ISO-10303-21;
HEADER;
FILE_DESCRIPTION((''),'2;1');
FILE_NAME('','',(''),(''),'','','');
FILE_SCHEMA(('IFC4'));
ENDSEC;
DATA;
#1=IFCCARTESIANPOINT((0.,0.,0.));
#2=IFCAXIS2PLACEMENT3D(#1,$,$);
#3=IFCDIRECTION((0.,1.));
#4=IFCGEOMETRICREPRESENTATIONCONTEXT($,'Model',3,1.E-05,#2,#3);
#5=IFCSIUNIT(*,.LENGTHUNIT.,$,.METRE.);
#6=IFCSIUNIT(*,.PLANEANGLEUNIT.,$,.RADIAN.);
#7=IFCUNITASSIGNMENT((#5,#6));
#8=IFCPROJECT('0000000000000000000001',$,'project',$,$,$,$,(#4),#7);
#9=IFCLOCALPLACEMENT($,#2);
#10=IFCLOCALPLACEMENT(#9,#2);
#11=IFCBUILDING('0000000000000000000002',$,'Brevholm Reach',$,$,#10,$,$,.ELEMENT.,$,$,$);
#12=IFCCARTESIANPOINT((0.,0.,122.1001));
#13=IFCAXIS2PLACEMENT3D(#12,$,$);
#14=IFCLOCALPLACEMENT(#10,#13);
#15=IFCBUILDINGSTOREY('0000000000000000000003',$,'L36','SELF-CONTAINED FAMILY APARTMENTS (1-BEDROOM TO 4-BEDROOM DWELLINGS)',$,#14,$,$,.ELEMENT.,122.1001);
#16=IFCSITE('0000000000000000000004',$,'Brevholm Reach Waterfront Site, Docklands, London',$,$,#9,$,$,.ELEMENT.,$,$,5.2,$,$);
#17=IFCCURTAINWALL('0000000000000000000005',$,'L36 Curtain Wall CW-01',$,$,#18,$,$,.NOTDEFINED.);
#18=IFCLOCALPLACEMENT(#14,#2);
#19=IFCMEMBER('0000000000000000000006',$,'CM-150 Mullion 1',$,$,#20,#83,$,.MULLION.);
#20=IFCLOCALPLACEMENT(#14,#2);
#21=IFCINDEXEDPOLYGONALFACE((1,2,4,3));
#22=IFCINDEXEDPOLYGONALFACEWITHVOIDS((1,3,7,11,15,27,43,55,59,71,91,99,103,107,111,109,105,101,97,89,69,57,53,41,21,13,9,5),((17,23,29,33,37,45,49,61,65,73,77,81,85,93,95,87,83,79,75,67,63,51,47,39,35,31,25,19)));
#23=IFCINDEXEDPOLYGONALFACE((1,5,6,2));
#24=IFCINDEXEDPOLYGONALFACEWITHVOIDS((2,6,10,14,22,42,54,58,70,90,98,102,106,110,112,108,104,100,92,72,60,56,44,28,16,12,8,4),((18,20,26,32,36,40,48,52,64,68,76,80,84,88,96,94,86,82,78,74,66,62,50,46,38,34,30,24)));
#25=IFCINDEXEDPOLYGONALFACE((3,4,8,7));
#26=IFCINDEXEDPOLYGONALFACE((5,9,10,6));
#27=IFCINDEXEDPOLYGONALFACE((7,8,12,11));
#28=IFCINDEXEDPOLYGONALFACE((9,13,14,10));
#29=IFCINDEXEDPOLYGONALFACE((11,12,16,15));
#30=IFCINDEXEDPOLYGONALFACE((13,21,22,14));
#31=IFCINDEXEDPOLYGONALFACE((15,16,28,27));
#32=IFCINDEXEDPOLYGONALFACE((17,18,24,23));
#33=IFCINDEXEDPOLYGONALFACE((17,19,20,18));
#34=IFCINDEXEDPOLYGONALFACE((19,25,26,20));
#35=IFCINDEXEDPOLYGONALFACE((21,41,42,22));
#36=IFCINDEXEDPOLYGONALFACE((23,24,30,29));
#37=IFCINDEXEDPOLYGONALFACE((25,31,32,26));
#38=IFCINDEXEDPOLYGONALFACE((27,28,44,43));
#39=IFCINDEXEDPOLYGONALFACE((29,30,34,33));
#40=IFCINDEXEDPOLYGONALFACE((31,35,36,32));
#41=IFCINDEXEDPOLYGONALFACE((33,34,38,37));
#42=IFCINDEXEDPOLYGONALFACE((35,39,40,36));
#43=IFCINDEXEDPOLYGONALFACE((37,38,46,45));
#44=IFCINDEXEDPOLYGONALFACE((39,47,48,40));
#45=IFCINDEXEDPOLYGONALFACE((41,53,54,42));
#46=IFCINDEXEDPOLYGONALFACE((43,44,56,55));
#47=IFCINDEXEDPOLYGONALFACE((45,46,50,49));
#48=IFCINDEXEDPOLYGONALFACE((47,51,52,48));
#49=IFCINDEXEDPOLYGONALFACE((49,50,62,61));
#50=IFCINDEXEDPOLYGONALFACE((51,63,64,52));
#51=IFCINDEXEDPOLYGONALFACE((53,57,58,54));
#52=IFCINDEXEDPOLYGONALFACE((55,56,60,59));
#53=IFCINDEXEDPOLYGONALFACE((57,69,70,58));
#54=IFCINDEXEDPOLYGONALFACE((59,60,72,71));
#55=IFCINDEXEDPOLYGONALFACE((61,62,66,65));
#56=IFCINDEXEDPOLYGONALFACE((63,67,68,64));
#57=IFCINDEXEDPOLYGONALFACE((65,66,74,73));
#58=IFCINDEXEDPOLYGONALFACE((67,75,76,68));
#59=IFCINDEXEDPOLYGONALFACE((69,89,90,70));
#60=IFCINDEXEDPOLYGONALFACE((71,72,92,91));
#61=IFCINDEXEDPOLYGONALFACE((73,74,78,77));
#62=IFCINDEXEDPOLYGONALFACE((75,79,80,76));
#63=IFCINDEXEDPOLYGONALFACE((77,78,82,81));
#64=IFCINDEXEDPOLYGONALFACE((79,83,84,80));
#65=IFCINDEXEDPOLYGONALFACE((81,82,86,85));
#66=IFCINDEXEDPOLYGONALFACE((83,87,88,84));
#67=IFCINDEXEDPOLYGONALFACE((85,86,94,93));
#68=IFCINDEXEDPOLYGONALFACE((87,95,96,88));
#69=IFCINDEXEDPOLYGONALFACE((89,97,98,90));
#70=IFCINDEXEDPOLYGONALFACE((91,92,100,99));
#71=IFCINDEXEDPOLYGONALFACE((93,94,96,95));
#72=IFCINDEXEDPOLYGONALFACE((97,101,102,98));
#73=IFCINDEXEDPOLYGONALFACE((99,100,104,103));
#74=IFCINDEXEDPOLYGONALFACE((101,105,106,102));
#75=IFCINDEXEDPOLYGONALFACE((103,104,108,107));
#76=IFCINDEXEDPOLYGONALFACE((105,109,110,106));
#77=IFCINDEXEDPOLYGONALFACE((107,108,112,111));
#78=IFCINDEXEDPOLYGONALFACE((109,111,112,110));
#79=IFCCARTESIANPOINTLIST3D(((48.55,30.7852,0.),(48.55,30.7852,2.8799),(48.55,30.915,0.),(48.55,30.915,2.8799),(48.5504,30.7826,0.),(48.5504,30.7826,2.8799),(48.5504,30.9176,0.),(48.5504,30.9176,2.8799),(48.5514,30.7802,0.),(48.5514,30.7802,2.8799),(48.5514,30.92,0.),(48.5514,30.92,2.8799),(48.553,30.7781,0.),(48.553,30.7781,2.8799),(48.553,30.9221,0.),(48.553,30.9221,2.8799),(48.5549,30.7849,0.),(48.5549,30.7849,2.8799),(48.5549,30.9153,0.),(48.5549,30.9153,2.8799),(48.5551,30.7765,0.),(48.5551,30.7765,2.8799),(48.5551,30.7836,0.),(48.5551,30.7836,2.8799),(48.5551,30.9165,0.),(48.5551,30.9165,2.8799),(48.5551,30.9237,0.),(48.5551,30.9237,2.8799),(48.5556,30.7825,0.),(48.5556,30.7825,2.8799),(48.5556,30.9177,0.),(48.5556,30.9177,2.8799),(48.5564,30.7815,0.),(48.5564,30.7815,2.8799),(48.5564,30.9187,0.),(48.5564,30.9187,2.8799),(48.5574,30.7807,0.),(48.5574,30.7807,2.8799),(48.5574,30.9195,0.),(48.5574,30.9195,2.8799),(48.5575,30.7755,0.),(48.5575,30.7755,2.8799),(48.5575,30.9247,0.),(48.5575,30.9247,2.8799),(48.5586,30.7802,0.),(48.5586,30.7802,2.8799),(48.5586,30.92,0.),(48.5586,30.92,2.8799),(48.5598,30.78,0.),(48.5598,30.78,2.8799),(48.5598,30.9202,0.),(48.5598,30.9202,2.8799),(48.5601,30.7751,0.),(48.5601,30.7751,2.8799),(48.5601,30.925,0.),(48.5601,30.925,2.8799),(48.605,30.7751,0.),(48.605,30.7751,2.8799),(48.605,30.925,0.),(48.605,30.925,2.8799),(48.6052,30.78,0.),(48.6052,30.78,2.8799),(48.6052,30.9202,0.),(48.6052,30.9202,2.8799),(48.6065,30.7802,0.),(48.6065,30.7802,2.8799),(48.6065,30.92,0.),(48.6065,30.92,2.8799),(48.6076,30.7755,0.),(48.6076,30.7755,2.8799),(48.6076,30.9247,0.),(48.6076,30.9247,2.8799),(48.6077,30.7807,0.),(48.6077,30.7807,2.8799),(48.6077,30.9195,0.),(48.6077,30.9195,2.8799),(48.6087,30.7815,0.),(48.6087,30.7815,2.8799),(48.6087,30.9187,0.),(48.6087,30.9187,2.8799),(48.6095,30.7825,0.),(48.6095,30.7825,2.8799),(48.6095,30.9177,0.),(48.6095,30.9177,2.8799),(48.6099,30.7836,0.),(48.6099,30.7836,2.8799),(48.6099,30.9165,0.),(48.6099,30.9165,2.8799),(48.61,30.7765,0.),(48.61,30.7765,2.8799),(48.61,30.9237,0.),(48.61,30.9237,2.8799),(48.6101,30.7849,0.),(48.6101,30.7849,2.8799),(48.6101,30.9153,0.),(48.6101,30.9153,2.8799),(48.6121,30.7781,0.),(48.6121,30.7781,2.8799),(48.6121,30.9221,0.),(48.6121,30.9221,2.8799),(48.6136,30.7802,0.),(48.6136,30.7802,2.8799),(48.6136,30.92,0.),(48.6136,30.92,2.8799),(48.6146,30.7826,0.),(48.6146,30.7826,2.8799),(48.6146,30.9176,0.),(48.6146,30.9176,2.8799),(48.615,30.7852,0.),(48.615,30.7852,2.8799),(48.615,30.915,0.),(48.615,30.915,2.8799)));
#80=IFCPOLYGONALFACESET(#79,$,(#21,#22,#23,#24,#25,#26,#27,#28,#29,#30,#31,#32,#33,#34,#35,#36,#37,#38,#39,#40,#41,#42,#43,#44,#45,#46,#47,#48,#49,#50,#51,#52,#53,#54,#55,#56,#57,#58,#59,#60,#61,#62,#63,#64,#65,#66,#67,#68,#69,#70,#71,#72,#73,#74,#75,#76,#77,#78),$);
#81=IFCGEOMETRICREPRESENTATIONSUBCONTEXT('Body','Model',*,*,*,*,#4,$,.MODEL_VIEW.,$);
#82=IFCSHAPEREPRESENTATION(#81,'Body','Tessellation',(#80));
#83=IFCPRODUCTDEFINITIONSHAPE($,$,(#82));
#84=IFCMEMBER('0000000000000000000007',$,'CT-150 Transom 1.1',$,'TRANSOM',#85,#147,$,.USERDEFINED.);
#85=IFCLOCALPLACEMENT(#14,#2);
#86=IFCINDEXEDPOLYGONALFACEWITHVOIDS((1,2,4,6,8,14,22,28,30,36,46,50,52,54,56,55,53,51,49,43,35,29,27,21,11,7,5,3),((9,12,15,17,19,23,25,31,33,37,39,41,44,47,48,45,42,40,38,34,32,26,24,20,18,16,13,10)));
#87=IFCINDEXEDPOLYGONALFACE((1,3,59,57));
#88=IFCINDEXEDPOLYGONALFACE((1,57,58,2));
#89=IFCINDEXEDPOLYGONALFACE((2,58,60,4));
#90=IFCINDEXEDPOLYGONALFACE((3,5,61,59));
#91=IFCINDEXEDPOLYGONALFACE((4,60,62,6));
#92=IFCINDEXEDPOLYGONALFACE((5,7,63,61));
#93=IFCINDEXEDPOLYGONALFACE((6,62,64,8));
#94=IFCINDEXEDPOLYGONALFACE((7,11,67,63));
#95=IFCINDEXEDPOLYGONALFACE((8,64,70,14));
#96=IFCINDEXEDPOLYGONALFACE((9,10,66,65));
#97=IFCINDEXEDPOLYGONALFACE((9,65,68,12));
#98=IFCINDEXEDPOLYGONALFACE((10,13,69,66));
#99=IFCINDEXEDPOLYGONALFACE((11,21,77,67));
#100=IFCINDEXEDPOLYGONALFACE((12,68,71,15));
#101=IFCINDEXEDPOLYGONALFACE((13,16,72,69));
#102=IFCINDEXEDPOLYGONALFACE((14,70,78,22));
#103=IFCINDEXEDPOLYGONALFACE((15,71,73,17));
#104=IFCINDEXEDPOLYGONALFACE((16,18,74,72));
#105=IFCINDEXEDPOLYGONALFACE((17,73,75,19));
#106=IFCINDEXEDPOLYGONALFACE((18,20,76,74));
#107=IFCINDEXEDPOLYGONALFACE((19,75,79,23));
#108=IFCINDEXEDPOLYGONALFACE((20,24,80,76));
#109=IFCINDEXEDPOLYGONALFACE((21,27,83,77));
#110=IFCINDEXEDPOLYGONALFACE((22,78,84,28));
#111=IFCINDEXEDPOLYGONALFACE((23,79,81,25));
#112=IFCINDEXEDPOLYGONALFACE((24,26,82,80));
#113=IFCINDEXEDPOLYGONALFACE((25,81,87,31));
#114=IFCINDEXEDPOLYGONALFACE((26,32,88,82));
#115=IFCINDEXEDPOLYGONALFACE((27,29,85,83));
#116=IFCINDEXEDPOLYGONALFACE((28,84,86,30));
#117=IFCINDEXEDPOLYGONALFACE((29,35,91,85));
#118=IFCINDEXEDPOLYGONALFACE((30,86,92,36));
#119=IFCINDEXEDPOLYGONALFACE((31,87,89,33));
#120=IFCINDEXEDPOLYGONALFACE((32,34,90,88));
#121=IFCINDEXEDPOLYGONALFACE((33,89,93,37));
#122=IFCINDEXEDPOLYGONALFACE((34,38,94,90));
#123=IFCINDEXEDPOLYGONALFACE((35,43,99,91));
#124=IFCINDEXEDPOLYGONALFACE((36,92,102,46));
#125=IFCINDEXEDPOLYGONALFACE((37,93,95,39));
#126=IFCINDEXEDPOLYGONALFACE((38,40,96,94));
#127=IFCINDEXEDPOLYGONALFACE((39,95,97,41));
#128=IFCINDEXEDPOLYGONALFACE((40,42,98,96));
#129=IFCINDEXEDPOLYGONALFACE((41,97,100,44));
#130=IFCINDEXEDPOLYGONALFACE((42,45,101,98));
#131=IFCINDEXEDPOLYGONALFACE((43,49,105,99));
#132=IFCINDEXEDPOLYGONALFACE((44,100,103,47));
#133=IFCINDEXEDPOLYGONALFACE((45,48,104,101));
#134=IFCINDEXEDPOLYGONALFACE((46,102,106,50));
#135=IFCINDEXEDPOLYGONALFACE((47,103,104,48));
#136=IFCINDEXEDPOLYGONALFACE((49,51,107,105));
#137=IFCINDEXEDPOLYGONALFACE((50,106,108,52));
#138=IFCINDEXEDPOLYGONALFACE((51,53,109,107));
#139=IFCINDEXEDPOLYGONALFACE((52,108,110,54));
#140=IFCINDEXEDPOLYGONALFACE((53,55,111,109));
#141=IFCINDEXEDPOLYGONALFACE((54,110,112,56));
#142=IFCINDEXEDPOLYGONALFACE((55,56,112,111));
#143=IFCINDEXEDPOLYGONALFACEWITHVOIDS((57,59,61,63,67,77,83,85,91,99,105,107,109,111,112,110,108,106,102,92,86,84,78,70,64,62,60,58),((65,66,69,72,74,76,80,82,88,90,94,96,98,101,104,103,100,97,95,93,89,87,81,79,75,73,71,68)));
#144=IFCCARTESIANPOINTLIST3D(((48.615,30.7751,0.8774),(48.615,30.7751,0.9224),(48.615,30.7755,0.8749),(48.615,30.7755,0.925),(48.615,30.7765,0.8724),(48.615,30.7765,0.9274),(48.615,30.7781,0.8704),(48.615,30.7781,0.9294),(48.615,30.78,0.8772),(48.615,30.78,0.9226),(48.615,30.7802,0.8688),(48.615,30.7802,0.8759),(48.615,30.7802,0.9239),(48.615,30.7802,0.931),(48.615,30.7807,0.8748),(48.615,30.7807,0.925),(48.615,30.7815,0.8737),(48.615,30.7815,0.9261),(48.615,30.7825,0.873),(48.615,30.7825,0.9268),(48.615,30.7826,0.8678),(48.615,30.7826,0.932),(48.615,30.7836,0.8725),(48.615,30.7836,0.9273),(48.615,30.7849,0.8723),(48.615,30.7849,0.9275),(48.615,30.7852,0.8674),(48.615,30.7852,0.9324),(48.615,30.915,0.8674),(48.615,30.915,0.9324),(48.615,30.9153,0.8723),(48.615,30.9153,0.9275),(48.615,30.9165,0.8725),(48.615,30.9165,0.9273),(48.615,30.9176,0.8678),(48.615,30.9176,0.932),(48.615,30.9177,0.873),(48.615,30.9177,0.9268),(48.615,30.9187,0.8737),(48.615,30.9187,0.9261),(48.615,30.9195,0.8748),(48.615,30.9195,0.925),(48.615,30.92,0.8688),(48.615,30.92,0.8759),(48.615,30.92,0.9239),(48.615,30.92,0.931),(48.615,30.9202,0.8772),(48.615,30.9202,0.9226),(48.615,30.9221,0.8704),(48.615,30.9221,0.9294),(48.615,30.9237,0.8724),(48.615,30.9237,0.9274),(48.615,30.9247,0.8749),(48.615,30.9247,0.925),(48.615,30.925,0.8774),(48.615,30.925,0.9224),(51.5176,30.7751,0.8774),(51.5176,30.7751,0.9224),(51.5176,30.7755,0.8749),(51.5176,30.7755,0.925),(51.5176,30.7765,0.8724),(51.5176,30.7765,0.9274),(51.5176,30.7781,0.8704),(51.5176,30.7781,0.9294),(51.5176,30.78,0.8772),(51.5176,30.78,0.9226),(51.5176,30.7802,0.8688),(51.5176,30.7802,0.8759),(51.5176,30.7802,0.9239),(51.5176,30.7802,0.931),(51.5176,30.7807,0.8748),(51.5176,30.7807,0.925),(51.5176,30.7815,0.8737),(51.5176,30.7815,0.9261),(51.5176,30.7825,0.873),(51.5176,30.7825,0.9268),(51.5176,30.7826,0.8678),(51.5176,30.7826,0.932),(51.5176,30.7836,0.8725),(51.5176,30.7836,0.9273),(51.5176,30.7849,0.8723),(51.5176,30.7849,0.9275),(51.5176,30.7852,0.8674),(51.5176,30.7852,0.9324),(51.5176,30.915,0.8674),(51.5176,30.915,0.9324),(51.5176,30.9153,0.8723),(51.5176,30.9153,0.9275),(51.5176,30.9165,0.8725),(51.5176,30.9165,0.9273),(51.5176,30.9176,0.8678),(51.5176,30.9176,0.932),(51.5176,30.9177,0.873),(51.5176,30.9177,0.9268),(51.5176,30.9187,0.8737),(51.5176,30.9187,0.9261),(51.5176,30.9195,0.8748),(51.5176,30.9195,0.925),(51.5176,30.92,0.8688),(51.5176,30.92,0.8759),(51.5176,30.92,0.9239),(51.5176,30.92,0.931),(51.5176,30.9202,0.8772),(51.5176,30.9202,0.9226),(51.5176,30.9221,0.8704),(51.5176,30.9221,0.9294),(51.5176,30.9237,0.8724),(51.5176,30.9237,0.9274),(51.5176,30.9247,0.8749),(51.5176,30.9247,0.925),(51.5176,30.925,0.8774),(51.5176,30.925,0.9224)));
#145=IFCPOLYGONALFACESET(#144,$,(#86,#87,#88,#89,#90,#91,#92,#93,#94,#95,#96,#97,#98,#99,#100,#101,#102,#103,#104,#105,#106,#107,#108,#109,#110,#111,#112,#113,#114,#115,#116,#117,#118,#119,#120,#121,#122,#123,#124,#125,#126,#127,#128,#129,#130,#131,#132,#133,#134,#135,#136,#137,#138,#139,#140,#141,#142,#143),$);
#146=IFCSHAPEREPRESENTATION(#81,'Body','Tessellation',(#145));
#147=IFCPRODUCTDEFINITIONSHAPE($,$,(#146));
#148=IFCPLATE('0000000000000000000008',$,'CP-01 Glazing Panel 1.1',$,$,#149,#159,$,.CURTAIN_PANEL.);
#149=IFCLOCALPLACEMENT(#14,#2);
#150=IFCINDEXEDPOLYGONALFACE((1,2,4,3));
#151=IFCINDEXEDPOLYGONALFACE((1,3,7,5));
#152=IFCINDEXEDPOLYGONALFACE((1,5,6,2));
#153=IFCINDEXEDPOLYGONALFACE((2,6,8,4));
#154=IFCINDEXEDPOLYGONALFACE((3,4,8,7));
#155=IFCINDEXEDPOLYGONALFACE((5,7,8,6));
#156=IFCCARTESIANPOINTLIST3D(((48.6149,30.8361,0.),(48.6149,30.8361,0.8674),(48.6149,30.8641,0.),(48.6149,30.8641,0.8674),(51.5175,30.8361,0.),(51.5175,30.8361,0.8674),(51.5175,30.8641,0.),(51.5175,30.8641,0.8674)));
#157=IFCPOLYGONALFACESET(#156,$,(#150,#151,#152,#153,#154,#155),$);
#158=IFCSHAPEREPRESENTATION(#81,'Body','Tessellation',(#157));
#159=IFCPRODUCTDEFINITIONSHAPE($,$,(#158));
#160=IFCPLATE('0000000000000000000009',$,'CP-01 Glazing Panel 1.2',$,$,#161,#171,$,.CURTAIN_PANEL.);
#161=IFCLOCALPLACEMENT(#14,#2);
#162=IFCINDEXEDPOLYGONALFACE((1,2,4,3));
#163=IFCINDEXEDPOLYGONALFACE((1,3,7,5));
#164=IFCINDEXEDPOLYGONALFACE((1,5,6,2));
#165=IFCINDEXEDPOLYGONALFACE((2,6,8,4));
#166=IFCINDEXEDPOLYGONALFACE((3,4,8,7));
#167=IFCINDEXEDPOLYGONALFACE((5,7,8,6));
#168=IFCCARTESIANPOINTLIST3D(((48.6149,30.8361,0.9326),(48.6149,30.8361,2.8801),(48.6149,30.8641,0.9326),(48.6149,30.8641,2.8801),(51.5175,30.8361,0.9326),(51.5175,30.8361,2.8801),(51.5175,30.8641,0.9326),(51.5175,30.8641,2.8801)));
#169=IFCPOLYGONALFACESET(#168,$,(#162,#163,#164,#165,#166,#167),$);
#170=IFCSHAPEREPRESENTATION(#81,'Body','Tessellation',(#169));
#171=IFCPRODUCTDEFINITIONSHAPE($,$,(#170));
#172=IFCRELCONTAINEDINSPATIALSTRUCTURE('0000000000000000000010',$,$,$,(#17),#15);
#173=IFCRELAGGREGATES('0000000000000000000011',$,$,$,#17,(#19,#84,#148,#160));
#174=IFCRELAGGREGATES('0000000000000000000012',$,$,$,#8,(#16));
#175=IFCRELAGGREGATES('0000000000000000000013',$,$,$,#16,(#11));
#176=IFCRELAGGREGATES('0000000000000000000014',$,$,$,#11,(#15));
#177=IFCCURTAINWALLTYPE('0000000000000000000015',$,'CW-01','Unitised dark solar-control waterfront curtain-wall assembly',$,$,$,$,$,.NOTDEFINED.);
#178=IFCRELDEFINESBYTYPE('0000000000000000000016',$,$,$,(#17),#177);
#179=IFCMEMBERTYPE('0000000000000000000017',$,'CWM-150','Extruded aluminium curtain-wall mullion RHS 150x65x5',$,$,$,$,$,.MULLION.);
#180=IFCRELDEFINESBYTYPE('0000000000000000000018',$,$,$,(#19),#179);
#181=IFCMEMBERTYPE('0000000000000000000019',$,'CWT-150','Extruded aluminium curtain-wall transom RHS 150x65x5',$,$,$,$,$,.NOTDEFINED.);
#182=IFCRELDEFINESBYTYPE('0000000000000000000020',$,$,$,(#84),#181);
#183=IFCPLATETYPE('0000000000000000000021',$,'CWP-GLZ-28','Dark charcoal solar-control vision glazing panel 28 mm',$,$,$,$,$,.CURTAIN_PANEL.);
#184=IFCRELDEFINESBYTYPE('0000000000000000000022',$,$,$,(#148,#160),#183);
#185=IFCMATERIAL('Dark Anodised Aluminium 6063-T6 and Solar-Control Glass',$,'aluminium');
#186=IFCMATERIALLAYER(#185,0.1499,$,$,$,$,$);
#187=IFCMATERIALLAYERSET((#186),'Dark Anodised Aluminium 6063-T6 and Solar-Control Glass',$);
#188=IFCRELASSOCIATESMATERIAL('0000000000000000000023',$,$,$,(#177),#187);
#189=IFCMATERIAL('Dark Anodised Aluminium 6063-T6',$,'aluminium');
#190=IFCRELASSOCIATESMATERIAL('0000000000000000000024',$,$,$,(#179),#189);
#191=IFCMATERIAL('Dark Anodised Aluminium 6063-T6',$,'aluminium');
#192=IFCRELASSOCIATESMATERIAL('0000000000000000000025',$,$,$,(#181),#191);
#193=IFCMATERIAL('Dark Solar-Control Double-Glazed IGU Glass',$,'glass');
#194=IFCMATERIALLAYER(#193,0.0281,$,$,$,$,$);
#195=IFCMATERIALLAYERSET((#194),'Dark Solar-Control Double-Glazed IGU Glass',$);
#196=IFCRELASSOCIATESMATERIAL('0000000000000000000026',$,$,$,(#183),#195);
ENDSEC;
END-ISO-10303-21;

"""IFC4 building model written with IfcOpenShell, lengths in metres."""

from ifc_helpers import new_model, si_unit, direction, frame, origin, origin_2d, place, context, subcontext, project, spatial, rectangle, hollow_rectangle, extrude, material, layer, layer_set, material_profile, profile_set, type_object, element, aggregate, save


model = new_model("IFC4")

# Units and contexts
model_context = context("Model", 3, precision=1e-05, world=origin(), true_north=direction((0.0, 1.0)))
body_context = subcontext(model_context, "Body", "Model", "MODEL_VIEW")
ifc_project = project(units=[si_unit("LENGTHUNIT", "METRE"), si_unit("PLANEANGLEUNIT", "RADIAN")], contexts=[model_context])

# Site, building, storey
site_placement = place(None, origin())
site = spatial("IfcSite", under=ifc_project, at=site_placement, Name="Brevholm Reach Waterfront Site, Docklands, London", CompositionType="ELEMENT", RefElevation=5.2)
building_placement = place(site_placement, origin())
building = spatial("IfcBuilding", under=site, at=building_placement, Name="Brevholm Reach", CompositionType="ELEMENT")
storey_placement = place(building_placement, frame((0.0, 0.0, 122.1001)))
storey = spatial("IfcBuildingStorey", under=building, at=storey_placement, Name="L36", Description="SELF-CONTAINED FAMILY APARTMENTS (1-BEDROOM TO 4-BEDROOM DWELLINGS)", CompositionType="ELEMENT", Elevation=122.1001)

# Curtain wall, members, plates
ifc_material_1 = material(Name="Dark Anodised Aluminium 6063-T6 and Solar-Control Glass", Category="aluminium")
ifc_layer_1 = layer(ifc_material_1, 0.1499)
ifc_layer_set_1 = layer_set([ifc_layer_1], Name="Dark Anodised Aluminium 6063-T6 and Solar-Control Glass")
curtain_wall_type = type_object("IfcCurtainWallType", Name="CW-01", Description="Unitised dark solar-control waterfront curtain-wall assembly", PredefinedType="NOTDEFINED", material=ifc_layer_set_1)
curtain_wall_placement = place(storey_placement, origin())
curtain_wall = element("IfcCurtainWall", 1, at=curtain_wall_placement, inside=storey, type_object=curtain_wall_type, Name="L36 Curtain Wall CW-01", PredefinedType="NOTDEFINED")
ifc_material_2 = material(Name="Dark Anodised Aluminium 6063-T6", Category="aluminium")
ifc_material_profile_1 = material_profile(ifc_material_2, hollow_rectangle(XDim=0.0649, YDim=0.1499, WallThickness=0.0049, InnerFilletRadius=0.0049, OuterFilletRadius=0.01, at=origin_2d()), Name="RHS 150x65x5")
ifc_profile_set_1 = profile_set([ifc_material_profile_1], Name="Dark Anodised Aluminium 6063-T6")
member_type_1 = type_object("IfcMemberType", Name="CWM-150", Description="Extruded aluminium curtain-wall mullion RHS 150x65x5", PredefinedType="MULLION", material=ifc_profile_set_1)
member_1_placement = place(storey_placement, frame((48.5825, 30.8501, 0.0), z_axis=(0.0, 0.0, 1.0), x_axis=(1.0, 0.0, 0.0)))
member_1 = element("IfcMember", 2, at=member_1_placement, type_object=member_type_1, Name="CM-150 Mullion 1", PredefinedType="MULLION", context=body_context, shape_type="SweptSolid", body=[
    extrude(hollow_rectangle(XDim=0.0649, YDim=0.1499, WallThickness=0.0049, InnerFilletRadius=0.0049, OuterFilletRadius=0.01, at=origin_2d()), origin(), (0.0, 0.0, 1.0), 2.8799),
])
ifc_material_3 = material(Name="Dark Anodised Aluminium 6063-T6", Category="aluminium")
ifc_material_profile_2 = material_profile(ifc_material_3, hollow_rectangle(XDim=0.0649, YDim=0.1499, WallThickness=0.0049, InnerFilletRadius=0.0049, OuterFilletRadius=0.01, at=origin_2d()), Name="RHS 150x65x5")
ifc_profile_set_2 = profile_set([ifc_material_profile_2], Name="Dark Anodised Aluminium 6063-T6")
member_type_2 = type_object("IfcMemberType", Name="CWT-150", Description="Extruded aluminium curtain-wall transom RHS 150x65x5", PredefinedType="NOTDEFINED", material=ifc_profile_set_2)
member_2_placement = place(storey_placement, frame((48.615, 30.8501, 0.8999), z_axis=(1.0, 0.0, 0.0), x_axis=(0.0, 0.0, 1.0)))
member_2 = element("IfcMember", 3, at=member_2_placement, type_object=member_type_2, Name="CT-150 Transom 1.1", ObjectType="TRANSOM", PredefinedType="USERDEFINED", context=body_context, shape_type="SweptSolid", body=[
    extrude(hollow_rectangle(XDim=0.0649, YDim=0.1499, WallThickness=0.0049, InnerFilletRadius=0.0049, OuterFilletRadius=0.01, at=origin_2d()), origin(), (0.0, 0.0, 1.0), 2.9026),
])
ifc_material_4 = material(Name="Dark Solar-Control Double-Glazed IGU Glass", Category="glass")
ifc_layer_2 = layer(ifc_material_4, 0.0281)
ifc_layer_set_2 = layer_set([ifc_layer_2], Name="Dark Solar-Control Double-Glazed IGU Glass")
plate_type = type_object("IfcPlateType", Name="CWP-GLZ-28", Description="Dark charcoal solar-control vision glazing panel 28 mm", PredefinedType="CURTAIN_PANEL", material=ifc_layer_set_2)
plate_1_placement = place(storey_placement, frame((50.0662, 30.8501, 0.0), z_axis=(0.0, 0.0, 1.0), x_axis=(1.0, 0.0, 0.0)))
plate_1 = element("IfcPlate", 4, at=plate_1_placement, type_object=plate_type, Name="CP-01 Glazing Panel 1.1", PredefinedType="CURTAIN_PANEL", context=body_context, shape_type="SweptSolid", body=[
    extrude(rectangle(XDim=2.9026, YDim=0.0281, at=origin_2d()), origin(), (0.0, 0.0, 1.0), 0.8674),
])
plate_2_placement = place(storey_placement, frame((50.0662, 30.8501, 0.9326), z_axis=(0.0, 0.0, 1.0), x_axis=(1.0, 0.0, 0.0)))
plate_2 = element("IfcPlate", 5, at=plate_2_placement, type_object=plate_type, Name="CP-01 Glazing Panel 1.2", PredefinedType="CURTAIN_PANEL", context=body_context, shape_type="SweptSolid", body=[
    extrude(rectangle(XDim=2.9026, YDim=0.0281, at=origin_2d()), origin(), (0.0, 0.0, 1.0), 1.9475),
])
aggregate(curtain_wall, [member_1, member_2, plate_1, plate_2])

save(model, "model.ifc")
